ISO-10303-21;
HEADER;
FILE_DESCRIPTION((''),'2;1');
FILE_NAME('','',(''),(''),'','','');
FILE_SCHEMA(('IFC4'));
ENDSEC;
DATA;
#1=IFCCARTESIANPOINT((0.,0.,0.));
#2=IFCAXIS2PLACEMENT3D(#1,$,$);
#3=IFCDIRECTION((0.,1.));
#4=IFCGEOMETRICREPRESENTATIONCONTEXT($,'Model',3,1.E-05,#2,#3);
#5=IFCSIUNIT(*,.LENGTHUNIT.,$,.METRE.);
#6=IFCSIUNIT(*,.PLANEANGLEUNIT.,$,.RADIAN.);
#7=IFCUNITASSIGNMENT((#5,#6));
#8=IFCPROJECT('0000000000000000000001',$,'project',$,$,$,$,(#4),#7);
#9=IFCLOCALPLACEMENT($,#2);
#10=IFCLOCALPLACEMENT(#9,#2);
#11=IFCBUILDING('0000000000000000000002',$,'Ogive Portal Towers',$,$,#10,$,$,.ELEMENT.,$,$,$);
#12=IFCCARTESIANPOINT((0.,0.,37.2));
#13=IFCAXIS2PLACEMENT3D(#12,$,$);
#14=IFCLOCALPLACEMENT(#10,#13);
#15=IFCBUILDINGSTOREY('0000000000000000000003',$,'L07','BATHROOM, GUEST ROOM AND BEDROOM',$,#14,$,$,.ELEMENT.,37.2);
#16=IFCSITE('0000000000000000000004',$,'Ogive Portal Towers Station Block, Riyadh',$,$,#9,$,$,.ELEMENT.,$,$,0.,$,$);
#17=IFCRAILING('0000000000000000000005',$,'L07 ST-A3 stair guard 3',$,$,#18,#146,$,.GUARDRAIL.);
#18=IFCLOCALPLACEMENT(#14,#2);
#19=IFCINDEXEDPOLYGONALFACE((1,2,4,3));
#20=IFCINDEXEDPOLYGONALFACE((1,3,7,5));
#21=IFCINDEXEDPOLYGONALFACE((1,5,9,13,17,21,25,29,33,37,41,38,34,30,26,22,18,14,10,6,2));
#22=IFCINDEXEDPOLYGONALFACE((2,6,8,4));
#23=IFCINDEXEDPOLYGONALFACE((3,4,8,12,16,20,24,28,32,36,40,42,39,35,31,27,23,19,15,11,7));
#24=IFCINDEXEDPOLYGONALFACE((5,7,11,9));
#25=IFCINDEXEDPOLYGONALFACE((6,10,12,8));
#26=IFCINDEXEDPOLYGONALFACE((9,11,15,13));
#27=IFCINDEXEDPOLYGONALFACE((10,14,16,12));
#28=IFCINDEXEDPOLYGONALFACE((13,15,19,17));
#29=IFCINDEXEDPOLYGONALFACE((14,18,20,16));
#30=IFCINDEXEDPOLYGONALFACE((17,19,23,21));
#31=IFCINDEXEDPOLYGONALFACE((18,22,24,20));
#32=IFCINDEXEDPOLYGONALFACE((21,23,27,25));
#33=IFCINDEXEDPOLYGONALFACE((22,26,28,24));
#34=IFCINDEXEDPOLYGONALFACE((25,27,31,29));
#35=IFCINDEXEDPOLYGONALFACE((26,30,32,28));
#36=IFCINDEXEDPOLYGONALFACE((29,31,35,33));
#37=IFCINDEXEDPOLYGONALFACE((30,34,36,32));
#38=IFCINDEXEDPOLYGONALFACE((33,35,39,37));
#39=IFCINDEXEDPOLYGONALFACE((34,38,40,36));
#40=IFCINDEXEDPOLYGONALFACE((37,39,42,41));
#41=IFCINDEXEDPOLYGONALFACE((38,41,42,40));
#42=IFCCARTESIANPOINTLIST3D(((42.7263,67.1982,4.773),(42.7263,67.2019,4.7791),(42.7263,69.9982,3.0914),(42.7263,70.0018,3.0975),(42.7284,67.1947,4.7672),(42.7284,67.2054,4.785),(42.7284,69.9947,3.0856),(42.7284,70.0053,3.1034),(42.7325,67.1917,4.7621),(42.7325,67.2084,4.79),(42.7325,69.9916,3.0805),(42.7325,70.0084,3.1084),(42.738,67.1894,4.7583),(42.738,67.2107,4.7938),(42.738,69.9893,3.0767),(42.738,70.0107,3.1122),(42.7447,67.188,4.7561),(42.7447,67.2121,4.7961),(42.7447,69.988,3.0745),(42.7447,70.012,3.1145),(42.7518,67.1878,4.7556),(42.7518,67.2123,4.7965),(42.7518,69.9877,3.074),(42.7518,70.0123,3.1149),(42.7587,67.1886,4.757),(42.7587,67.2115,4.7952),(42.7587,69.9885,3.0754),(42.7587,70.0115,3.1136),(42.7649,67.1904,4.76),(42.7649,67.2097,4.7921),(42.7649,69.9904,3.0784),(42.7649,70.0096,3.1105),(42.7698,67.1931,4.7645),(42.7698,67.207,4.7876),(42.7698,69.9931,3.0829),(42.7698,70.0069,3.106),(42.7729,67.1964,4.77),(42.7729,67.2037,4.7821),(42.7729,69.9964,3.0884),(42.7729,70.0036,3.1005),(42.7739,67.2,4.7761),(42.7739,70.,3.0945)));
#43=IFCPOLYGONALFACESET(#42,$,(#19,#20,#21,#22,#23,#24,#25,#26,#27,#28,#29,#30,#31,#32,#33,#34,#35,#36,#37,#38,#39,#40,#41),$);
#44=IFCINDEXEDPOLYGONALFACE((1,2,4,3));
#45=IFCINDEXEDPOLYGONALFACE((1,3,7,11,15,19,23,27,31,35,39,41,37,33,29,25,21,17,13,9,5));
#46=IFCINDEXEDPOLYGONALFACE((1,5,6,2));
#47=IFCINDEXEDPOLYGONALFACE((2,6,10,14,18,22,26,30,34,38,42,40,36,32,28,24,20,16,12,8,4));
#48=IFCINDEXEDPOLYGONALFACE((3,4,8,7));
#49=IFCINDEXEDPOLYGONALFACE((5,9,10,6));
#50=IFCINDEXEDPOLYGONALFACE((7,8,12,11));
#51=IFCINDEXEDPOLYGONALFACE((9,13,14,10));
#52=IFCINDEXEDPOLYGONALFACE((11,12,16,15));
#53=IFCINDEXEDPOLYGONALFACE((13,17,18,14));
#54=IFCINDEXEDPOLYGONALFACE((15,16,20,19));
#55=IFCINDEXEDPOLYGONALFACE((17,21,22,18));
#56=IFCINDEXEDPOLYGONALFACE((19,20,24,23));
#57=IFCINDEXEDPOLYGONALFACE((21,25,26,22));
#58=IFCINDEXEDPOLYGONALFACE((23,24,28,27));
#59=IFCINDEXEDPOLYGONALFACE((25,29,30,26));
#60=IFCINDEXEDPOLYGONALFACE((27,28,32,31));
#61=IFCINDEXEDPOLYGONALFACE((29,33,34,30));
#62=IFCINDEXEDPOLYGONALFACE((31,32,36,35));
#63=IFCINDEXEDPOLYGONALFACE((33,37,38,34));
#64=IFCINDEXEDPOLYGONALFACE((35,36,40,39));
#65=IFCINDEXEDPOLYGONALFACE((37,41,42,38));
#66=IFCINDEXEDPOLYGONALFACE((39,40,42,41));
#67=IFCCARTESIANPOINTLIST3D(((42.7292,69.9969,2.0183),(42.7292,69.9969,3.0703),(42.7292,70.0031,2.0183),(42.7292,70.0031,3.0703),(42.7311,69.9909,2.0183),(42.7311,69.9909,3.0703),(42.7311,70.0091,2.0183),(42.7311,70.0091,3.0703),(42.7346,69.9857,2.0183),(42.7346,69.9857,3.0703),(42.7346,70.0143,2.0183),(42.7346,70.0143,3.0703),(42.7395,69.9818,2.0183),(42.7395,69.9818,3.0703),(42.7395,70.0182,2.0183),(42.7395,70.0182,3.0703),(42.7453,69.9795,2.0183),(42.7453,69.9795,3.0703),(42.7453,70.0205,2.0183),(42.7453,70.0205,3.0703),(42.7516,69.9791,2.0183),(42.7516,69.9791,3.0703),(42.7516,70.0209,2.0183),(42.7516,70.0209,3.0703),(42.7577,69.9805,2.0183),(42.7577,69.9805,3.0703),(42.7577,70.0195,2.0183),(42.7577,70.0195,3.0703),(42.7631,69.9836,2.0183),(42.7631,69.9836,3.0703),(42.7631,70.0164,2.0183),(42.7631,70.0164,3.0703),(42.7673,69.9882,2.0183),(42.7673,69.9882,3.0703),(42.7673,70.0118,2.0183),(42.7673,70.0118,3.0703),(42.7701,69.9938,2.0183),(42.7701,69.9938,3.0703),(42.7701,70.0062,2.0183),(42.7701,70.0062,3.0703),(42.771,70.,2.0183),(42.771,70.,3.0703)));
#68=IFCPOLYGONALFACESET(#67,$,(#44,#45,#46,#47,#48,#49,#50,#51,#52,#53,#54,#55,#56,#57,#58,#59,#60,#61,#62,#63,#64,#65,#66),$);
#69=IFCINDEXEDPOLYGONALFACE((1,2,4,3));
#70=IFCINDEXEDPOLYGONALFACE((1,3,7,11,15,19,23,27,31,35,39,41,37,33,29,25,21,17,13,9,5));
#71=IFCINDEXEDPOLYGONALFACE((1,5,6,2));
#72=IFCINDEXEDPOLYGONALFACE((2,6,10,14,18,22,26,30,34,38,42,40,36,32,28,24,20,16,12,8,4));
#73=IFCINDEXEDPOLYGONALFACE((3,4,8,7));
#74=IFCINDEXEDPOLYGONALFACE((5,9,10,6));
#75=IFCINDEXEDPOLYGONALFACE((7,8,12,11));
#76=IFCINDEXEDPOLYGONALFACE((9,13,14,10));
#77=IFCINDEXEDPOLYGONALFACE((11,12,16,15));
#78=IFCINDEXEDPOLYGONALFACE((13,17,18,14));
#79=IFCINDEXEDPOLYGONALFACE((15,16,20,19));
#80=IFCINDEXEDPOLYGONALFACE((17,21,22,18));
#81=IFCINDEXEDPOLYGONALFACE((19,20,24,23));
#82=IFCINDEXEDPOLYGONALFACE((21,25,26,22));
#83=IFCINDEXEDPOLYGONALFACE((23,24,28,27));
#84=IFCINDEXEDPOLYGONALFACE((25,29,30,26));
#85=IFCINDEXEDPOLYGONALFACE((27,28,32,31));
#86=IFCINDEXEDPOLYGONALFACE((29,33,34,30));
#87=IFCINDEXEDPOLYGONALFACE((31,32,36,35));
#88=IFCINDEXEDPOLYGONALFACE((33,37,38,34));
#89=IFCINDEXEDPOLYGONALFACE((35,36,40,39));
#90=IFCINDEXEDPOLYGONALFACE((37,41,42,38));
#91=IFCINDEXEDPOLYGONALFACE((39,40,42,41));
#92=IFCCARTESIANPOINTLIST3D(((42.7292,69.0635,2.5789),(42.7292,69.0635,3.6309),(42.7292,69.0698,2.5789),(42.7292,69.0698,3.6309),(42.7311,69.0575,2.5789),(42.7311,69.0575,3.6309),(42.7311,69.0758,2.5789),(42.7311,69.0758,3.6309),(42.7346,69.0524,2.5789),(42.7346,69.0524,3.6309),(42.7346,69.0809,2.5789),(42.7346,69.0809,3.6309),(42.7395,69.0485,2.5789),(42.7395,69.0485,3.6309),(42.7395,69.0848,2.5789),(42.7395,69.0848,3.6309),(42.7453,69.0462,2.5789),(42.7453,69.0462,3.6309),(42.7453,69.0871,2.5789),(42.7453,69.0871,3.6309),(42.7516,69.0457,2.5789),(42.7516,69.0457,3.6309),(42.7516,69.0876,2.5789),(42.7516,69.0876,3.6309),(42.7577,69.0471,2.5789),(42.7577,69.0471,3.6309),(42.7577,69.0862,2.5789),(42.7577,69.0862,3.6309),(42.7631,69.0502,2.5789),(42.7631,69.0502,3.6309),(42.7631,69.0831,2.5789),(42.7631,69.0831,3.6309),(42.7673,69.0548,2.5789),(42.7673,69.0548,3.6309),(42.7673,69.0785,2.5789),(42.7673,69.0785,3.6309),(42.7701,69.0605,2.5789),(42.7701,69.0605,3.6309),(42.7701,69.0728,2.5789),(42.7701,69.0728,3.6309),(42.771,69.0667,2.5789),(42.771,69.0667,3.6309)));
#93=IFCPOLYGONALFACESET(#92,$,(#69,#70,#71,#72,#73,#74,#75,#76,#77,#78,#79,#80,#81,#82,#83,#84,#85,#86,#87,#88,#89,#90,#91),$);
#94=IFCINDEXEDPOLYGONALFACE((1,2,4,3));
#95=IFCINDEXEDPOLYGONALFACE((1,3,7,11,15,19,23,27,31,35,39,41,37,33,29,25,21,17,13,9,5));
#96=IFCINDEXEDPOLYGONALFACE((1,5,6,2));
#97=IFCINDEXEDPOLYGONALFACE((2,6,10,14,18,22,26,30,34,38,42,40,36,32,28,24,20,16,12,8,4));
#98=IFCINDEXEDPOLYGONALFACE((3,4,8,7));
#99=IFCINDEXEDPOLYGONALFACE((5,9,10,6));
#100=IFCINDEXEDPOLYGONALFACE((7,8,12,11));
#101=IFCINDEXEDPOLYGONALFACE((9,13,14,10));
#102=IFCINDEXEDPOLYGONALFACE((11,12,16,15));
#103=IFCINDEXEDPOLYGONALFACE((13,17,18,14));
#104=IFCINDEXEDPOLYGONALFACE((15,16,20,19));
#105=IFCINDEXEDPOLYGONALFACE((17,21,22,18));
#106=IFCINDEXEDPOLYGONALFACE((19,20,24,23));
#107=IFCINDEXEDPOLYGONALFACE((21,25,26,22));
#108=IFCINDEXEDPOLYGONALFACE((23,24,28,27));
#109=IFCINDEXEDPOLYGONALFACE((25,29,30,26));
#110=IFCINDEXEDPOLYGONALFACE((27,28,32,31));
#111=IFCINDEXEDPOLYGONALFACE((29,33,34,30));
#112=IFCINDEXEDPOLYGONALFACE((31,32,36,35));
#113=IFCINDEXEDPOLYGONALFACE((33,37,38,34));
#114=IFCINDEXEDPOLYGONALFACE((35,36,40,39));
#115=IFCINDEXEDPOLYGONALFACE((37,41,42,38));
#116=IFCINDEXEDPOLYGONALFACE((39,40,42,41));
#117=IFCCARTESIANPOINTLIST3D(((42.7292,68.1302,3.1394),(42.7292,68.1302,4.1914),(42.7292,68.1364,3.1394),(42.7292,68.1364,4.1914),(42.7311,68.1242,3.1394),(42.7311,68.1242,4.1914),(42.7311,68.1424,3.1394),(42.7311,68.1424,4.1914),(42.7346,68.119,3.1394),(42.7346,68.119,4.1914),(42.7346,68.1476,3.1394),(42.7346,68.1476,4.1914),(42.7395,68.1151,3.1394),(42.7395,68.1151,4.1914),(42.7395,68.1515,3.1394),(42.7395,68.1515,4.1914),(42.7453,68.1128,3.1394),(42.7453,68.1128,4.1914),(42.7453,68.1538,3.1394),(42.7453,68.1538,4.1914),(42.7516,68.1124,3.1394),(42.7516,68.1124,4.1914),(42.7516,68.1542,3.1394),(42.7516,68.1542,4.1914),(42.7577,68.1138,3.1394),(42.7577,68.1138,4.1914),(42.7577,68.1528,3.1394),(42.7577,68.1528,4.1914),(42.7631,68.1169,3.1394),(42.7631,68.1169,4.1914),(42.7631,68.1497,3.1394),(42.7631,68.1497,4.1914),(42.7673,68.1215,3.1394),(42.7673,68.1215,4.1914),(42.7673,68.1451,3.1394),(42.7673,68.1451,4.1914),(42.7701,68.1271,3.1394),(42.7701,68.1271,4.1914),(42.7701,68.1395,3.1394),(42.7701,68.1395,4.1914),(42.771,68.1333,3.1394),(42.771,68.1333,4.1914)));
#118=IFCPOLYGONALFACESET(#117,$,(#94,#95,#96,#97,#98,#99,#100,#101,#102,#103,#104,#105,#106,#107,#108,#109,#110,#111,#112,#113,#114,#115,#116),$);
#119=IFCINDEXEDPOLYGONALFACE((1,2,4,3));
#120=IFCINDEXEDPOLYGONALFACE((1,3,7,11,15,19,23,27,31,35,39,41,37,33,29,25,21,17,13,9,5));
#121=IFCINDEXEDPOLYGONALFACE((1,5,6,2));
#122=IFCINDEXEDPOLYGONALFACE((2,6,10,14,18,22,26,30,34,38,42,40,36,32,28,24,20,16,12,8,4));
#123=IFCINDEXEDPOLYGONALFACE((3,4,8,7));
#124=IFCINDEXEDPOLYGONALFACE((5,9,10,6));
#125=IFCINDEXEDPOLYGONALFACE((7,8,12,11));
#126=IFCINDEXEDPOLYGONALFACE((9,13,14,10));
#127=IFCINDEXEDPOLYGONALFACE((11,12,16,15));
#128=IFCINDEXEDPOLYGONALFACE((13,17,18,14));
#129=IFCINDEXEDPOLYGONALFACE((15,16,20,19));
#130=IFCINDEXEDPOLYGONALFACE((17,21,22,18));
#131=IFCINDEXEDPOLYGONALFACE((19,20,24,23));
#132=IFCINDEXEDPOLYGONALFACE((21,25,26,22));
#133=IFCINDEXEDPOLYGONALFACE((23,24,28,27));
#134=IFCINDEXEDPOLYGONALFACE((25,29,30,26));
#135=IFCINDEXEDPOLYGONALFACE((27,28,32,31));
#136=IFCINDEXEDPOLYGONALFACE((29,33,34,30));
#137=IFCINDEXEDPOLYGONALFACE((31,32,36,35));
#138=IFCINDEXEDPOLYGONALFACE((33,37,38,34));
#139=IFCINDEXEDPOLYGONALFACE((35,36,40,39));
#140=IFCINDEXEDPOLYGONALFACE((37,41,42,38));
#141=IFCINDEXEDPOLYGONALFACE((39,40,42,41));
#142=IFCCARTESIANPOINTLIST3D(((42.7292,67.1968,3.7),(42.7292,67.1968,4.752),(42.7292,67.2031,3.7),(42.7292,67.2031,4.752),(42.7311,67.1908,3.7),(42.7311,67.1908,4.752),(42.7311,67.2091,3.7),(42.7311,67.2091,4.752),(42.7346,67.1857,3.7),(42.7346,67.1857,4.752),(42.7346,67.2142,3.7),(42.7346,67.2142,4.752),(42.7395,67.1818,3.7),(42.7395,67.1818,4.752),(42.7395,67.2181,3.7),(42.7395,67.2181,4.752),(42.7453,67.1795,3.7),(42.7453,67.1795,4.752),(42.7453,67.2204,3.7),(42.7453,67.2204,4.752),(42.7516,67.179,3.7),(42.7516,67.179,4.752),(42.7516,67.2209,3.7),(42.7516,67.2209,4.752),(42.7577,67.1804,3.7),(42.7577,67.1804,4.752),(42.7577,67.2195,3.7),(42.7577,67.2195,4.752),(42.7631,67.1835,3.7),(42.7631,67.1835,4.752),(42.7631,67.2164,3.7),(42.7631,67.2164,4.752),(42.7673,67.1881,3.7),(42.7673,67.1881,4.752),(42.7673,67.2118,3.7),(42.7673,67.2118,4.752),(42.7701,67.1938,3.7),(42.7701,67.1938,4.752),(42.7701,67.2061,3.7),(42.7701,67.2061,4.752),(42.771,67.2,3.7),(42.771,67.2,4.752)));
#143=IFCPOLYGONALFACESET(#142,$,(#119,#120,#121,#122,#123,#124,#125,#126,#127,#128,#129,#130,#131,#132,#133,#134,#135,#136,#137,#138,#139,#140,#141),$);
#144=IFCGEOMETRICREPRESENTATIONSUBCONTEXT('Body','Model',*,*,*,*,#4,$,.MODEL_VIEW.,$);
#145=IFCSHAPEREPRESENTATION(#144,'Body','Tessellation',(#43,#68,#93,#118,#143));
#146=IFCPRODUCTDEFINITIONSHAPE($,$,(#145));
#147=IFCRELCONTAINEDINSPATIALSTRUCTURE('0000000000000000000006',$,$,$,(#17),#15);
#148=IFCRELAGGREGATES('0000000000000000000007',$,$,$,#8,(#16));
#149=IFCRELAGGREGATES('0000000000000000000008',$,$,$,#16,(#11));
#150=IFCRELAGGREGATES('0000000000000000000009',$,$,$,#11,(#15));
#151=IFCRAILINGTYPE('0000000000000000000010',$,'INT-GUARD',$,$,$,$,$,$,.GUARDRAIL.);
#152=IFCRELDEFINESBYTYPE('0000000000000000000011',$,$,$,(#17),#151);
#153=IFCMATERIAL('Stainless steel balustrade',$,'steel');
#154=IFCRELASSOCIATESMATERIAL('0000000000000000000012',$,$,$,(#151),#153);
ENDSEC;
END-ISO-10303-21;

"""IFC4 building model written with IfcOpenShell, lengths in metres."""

from ifc_helpers import new_model, si_unit, direction, frame, origin, origin_2d, place, context, subcontext, project, spatial, circle, extrude, material, type_object, element, save


model = new_model("IFC4")

# Units and contexts
model_context = context("Model", 3, precision=1e-05, world=origin(), true_north=direction((0.0, 1.0)))
body_context = subcontext(model_context, "Body", "Model", "MODEL_VIEW")
ifc_project = project(units=[si_unit("LENGTHUNIT", "METRE"), si_unit("PLANEANGLEUNIT", "RADIAN")], contexts=[model_context])

# Site, building, storey
site_placement = place(None, origin())
site = spatial("IfcSite", under=ifc_project, at=site_placement, Name="Ogive Portal Towers Station Block, Riyadh", CompositionType="ELEMENT", RefElevation=0.0)
building_placement = place(site_placement, origin())
building = spatial("IfcBuilding", under=site, at=building_placement, Name="Ogive Portal Towers", CompositionType="ELEMENT")
storey_placement = place(building_placement, frame((0.0, 0.0, 37.2)))
storey = spatial("IfcBuildingStorey", under=building, at=storey_placement, Name="L07", Description="BATHROOM, GUEST ROOM AND BEDROOM", CompositionType="ELEMENT", Elevation=37.2)

# Railing
ifc_material_1 = material(Name="Stainless steel balustrade", Category="steel")
railing_type_1 = type_object("IfcRailingType", Name="INT-GUARD", PredefinedType="GUARDRAIL", material=ifc_material_1)
railing_1_placement = place(storey_placement, frame((42.75, 70.0, 2.0183)))
element("IfcRailing", 1, at=railing_1_placement, inside=storey, type_object=railing_type_1, Name="L07 ST-A3 stair guard 3", PredefinedType="GUARDRAIL", context=body_context, shape_type="SweptSolid", body=[
    extrude(circle(Radius=0.0239, at=origin_2d()), frame((0.0, 0.0, 1.0762), z_axis=(0.0, -0.857275, 0.514858), x_axis=(1.0, 0.0, 0.0)), (0.0, 0.0, 1.0), 3.2661),
    extrude(circle(Radius=0.021, at=origin_2d()), origin(), (0.0, 0.0, 1.0), 1.052),
    extrude(circle(Radius=0.021, at=origin_2d()), frame((0.0, -0.9333, 0.5605)), (0.0, 0.0, 1.0), 1.052),
    extrude(circle(Radius=0.021, at=origin_2d()), frame((0.0, -1.8667, 1.1211)), (0.0, 0.0, 1.0), 1.052),
    extrude(circle(Radius=0.021, at=origin_2d()), frame((0.0, -2.8, 1.6816)), (0.0, 0.0, 1.0), 1.052),
])

save(model, "model.ifc")
